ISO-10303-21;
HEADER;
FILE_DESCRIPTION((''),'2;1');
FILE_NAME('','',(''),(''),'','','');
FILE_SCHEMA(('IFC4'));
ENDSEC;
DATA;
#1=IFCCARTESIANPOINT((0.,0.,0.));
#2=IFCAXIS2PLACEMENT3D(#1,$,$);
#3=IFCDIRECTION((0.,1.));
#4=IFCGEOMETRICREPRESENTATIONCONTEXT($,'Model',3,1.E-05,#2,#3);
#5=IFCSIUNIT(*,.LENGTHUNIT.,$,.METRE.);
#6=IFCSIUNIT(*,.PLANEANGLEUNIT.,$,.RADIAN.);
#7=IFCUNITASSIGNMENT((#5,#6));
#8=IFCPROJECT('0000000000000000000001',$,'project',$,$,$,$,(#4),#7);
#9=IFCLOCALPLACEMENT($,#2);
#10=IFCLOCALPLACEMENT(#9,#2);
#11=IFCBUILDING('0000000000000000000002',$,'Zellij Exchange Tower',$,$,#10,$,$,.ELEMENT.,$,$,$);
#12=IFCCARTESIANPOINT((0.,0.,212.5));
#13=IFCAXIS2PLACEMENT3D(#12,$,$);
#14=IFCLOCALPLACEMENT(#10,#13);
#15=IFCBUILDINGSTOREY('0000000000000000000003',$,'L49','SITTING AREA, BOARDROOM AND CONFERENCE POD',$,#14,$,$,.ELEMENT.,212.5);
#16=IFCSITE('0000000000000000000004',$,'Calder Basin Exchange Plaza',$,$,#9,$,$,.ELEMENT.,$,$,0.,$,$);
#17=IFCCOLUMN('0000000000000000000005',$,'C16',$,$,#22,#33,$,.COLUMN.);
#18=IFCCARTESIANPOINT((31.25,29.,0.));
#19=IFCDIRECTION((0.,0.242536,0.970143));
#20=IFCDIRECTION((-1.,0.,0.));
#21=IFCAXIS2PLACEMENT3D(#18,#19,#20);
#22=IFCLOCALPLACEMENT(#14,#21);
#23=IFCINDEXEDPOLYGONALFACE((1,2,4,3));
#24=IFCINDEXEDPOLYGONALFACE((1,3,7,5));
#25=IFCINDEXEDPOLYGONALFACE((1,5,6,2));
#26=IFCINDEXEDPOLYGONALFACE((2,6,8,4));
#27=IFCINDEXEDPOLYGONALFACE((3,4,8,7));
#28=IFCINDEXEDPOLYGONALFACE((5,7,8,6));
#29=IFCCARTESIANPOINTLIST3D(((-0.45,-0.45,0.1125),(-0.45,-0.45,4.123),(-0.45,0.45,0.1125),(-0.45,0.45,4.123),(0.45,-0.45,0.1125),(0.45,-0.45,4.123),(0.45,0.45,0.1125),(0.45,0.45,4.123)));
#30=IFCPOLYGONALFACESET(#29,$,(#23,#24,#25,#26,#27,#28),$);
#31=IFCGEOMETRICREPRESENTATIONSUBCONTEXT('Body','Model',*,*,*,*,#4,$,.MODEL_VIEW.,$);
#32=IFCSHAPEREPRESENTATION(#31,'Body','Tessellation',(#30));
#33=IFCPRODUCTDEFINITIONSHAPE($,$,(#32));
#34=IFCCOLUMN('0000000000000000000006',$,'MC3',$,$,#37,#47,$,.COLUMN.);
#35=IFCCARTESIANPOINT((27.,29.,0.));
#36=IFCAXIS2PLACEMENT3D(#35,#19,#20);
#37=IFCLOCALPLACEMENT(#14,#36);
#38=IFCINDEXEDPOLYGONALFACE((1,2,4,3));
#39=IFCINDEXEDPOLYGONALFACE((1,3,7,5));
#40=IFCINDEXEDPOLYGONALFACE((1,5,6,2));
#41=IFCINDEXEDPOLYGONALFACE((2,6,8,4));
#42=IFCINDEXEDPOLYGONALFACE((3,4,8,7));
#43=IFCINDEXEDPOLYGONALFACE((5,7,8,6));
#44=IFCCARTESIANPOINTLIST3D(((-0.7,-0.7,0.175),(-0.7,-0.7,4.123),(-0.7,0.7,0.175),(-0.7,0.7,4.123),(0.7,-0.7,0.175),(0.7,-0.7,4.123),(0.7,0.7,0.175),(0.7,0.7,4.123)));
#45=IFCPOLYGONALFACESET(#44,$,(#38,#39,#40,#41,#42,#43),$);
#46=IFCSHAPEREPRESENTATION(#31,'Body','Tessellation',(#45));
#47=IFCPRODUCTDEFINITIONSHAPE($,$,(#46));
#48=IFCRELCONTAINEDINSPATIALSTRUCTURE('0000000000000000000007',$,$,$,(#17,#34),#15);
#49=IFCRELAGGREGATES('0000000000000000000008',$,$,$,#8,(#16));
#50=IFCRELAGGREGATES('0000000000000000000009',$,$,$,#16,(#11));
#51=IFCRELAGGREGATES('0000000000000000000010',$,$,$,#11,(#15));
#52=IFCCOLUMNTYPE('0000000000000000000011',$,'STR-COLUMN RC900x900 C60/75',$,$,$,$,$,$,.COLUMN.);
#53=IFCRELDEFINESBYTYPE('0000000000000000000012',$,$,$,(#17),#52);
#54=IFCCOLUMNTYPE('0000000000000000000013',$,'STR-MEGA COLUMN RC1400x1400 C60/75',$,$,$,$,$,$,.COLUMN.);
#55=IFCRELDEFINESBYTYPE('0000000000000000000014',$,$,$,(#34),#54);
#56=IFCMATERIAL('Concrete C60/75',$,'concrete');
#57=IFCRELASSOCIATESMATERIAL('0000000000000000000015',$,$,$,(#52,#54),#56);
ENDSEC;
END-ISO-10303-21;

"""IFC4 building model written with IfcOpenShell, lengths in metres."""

from ifc_helpers import new_model, si_unit, direction, frame, origin, origin_2d, place, context, subcontext, project, spatial, rectangle, extrude, clip, halfspace, material, material_profile, profile_set, type_object, element, save


model = new_model("IFC4")

# Units and contexts
model_context = context("Model", 3, precision=1e-05, world=origin(), true_north=direction((0.0, 1.0)))
body_context = subcontext(model_context, "Body", "Model", "MODEL_VIEW")
ifc_project = project(units=[si_unit("LENGTHUNIT", "METRE"), si_unit("PLANEANGLEUNIT", "RADIAN")], contexts=[model_context])

# Site, building, storey
site_placement = place(None, origin())
site = spatial("IfcSite", under=ifc_project, at=site_placement, Name="Calder Basin Exchange Plaza", CompositionType="ELEMENT", RefElevation=0.0)
building_placement = place(site_placement, origin())
building = spatial("IfcBuilding", under=site, at=building_placement, Name="Zellij Exchange Tower", CompositionType="ELEMENT")
storey_placement = place(building_placement, frame((0.0, 0.0, 212.5)))
storey = spatial("IfcBuildingStorey", under=building, at=storey_placement, Name="L49", Description="SITTING AREA, BOARDROOM AND CONFERENCE POD", CompositionType="ELEMENT", Elevation=212.5)

# Columns
ifc_material_1 = material(Name="Concrete C60/75", Category="concrete")
ifc_material_profile_1 = material_profile(ifc_material_1, rectangle(XDim=0.8999, YDim=0.8999, at=origin_2d()), Name="STR-COLUMN RC900x900 C60/75")
ifc_profile_set_1 = profile_set([ifc_material_profile_1], Name="Concrete C60/75")
column_type_1 = type_object("IfcColumnType", Name="STR-COLUMN RC900x900 C60/75", PredefinedType="COLUMN", material=ifc_profile_set_1)
column_1_placement = place(storey_placement, frame((31.25, 29.0, 0.0), z_axis=(0.0, 0.242536, 0.970143), x_axis=(-1.0, 0.0, 0.0)))
element("IfcColumn", 1, at=column_1_placement, inside=storey, type_object=column_type_1, Name="C16", PredefinedType="COLUMN", context=body_context, shape_type="Clipping", body=[
    clip(extrude(rectangle(XDim=0.8999, YDim=0.8999, at=origin_2d()), origin(), (0.0, 0.0, 1.0), 4.123), halfspace(frame((0.0, 0.0, 0.1125)), True)),
])
ifc_material_profile_2 = material_profile(ifc_material_1, rectangle(XDim=1.3999, YDim=1.3999, at=origin_2d()), Name="STR-MEGA COLUMN RC1400x1400 C60/75")
ifc_profile_set_2 = profile_set([ifc_material_profile_2], Name="Concrete C60/75")
column_type_2 = type_object("IfcColumnType", Name="STR-MEGA COLUMN RC1400x1400 C60/75", PredefinedType="COLUMN", material=ifc_profile_set_2)
column_2_placement = place(storey_placement, frame((27.0, 29.0, 0.0), z_axis=(0.0, 0.242536, 0.970143), x_axis=(-1.0, 0.0, 0.0)))
element("IfcColumn", 2, at=column_2_placement, inside=storey, type_object=column_type_2, Name="MC3", PredefinedType="COLUMN", context=body_context, shape_type="Clipping", body=[
    clip(extrude(rectangle(XDim=1.3999, YDim=1.3999, at=origin_2d()), origin(), (0.0, 0.0, 1.0), 4.123), halfspace(frame((0.0, 0.0, 0.175)), True)),
])

save(model, "model.ifc")
